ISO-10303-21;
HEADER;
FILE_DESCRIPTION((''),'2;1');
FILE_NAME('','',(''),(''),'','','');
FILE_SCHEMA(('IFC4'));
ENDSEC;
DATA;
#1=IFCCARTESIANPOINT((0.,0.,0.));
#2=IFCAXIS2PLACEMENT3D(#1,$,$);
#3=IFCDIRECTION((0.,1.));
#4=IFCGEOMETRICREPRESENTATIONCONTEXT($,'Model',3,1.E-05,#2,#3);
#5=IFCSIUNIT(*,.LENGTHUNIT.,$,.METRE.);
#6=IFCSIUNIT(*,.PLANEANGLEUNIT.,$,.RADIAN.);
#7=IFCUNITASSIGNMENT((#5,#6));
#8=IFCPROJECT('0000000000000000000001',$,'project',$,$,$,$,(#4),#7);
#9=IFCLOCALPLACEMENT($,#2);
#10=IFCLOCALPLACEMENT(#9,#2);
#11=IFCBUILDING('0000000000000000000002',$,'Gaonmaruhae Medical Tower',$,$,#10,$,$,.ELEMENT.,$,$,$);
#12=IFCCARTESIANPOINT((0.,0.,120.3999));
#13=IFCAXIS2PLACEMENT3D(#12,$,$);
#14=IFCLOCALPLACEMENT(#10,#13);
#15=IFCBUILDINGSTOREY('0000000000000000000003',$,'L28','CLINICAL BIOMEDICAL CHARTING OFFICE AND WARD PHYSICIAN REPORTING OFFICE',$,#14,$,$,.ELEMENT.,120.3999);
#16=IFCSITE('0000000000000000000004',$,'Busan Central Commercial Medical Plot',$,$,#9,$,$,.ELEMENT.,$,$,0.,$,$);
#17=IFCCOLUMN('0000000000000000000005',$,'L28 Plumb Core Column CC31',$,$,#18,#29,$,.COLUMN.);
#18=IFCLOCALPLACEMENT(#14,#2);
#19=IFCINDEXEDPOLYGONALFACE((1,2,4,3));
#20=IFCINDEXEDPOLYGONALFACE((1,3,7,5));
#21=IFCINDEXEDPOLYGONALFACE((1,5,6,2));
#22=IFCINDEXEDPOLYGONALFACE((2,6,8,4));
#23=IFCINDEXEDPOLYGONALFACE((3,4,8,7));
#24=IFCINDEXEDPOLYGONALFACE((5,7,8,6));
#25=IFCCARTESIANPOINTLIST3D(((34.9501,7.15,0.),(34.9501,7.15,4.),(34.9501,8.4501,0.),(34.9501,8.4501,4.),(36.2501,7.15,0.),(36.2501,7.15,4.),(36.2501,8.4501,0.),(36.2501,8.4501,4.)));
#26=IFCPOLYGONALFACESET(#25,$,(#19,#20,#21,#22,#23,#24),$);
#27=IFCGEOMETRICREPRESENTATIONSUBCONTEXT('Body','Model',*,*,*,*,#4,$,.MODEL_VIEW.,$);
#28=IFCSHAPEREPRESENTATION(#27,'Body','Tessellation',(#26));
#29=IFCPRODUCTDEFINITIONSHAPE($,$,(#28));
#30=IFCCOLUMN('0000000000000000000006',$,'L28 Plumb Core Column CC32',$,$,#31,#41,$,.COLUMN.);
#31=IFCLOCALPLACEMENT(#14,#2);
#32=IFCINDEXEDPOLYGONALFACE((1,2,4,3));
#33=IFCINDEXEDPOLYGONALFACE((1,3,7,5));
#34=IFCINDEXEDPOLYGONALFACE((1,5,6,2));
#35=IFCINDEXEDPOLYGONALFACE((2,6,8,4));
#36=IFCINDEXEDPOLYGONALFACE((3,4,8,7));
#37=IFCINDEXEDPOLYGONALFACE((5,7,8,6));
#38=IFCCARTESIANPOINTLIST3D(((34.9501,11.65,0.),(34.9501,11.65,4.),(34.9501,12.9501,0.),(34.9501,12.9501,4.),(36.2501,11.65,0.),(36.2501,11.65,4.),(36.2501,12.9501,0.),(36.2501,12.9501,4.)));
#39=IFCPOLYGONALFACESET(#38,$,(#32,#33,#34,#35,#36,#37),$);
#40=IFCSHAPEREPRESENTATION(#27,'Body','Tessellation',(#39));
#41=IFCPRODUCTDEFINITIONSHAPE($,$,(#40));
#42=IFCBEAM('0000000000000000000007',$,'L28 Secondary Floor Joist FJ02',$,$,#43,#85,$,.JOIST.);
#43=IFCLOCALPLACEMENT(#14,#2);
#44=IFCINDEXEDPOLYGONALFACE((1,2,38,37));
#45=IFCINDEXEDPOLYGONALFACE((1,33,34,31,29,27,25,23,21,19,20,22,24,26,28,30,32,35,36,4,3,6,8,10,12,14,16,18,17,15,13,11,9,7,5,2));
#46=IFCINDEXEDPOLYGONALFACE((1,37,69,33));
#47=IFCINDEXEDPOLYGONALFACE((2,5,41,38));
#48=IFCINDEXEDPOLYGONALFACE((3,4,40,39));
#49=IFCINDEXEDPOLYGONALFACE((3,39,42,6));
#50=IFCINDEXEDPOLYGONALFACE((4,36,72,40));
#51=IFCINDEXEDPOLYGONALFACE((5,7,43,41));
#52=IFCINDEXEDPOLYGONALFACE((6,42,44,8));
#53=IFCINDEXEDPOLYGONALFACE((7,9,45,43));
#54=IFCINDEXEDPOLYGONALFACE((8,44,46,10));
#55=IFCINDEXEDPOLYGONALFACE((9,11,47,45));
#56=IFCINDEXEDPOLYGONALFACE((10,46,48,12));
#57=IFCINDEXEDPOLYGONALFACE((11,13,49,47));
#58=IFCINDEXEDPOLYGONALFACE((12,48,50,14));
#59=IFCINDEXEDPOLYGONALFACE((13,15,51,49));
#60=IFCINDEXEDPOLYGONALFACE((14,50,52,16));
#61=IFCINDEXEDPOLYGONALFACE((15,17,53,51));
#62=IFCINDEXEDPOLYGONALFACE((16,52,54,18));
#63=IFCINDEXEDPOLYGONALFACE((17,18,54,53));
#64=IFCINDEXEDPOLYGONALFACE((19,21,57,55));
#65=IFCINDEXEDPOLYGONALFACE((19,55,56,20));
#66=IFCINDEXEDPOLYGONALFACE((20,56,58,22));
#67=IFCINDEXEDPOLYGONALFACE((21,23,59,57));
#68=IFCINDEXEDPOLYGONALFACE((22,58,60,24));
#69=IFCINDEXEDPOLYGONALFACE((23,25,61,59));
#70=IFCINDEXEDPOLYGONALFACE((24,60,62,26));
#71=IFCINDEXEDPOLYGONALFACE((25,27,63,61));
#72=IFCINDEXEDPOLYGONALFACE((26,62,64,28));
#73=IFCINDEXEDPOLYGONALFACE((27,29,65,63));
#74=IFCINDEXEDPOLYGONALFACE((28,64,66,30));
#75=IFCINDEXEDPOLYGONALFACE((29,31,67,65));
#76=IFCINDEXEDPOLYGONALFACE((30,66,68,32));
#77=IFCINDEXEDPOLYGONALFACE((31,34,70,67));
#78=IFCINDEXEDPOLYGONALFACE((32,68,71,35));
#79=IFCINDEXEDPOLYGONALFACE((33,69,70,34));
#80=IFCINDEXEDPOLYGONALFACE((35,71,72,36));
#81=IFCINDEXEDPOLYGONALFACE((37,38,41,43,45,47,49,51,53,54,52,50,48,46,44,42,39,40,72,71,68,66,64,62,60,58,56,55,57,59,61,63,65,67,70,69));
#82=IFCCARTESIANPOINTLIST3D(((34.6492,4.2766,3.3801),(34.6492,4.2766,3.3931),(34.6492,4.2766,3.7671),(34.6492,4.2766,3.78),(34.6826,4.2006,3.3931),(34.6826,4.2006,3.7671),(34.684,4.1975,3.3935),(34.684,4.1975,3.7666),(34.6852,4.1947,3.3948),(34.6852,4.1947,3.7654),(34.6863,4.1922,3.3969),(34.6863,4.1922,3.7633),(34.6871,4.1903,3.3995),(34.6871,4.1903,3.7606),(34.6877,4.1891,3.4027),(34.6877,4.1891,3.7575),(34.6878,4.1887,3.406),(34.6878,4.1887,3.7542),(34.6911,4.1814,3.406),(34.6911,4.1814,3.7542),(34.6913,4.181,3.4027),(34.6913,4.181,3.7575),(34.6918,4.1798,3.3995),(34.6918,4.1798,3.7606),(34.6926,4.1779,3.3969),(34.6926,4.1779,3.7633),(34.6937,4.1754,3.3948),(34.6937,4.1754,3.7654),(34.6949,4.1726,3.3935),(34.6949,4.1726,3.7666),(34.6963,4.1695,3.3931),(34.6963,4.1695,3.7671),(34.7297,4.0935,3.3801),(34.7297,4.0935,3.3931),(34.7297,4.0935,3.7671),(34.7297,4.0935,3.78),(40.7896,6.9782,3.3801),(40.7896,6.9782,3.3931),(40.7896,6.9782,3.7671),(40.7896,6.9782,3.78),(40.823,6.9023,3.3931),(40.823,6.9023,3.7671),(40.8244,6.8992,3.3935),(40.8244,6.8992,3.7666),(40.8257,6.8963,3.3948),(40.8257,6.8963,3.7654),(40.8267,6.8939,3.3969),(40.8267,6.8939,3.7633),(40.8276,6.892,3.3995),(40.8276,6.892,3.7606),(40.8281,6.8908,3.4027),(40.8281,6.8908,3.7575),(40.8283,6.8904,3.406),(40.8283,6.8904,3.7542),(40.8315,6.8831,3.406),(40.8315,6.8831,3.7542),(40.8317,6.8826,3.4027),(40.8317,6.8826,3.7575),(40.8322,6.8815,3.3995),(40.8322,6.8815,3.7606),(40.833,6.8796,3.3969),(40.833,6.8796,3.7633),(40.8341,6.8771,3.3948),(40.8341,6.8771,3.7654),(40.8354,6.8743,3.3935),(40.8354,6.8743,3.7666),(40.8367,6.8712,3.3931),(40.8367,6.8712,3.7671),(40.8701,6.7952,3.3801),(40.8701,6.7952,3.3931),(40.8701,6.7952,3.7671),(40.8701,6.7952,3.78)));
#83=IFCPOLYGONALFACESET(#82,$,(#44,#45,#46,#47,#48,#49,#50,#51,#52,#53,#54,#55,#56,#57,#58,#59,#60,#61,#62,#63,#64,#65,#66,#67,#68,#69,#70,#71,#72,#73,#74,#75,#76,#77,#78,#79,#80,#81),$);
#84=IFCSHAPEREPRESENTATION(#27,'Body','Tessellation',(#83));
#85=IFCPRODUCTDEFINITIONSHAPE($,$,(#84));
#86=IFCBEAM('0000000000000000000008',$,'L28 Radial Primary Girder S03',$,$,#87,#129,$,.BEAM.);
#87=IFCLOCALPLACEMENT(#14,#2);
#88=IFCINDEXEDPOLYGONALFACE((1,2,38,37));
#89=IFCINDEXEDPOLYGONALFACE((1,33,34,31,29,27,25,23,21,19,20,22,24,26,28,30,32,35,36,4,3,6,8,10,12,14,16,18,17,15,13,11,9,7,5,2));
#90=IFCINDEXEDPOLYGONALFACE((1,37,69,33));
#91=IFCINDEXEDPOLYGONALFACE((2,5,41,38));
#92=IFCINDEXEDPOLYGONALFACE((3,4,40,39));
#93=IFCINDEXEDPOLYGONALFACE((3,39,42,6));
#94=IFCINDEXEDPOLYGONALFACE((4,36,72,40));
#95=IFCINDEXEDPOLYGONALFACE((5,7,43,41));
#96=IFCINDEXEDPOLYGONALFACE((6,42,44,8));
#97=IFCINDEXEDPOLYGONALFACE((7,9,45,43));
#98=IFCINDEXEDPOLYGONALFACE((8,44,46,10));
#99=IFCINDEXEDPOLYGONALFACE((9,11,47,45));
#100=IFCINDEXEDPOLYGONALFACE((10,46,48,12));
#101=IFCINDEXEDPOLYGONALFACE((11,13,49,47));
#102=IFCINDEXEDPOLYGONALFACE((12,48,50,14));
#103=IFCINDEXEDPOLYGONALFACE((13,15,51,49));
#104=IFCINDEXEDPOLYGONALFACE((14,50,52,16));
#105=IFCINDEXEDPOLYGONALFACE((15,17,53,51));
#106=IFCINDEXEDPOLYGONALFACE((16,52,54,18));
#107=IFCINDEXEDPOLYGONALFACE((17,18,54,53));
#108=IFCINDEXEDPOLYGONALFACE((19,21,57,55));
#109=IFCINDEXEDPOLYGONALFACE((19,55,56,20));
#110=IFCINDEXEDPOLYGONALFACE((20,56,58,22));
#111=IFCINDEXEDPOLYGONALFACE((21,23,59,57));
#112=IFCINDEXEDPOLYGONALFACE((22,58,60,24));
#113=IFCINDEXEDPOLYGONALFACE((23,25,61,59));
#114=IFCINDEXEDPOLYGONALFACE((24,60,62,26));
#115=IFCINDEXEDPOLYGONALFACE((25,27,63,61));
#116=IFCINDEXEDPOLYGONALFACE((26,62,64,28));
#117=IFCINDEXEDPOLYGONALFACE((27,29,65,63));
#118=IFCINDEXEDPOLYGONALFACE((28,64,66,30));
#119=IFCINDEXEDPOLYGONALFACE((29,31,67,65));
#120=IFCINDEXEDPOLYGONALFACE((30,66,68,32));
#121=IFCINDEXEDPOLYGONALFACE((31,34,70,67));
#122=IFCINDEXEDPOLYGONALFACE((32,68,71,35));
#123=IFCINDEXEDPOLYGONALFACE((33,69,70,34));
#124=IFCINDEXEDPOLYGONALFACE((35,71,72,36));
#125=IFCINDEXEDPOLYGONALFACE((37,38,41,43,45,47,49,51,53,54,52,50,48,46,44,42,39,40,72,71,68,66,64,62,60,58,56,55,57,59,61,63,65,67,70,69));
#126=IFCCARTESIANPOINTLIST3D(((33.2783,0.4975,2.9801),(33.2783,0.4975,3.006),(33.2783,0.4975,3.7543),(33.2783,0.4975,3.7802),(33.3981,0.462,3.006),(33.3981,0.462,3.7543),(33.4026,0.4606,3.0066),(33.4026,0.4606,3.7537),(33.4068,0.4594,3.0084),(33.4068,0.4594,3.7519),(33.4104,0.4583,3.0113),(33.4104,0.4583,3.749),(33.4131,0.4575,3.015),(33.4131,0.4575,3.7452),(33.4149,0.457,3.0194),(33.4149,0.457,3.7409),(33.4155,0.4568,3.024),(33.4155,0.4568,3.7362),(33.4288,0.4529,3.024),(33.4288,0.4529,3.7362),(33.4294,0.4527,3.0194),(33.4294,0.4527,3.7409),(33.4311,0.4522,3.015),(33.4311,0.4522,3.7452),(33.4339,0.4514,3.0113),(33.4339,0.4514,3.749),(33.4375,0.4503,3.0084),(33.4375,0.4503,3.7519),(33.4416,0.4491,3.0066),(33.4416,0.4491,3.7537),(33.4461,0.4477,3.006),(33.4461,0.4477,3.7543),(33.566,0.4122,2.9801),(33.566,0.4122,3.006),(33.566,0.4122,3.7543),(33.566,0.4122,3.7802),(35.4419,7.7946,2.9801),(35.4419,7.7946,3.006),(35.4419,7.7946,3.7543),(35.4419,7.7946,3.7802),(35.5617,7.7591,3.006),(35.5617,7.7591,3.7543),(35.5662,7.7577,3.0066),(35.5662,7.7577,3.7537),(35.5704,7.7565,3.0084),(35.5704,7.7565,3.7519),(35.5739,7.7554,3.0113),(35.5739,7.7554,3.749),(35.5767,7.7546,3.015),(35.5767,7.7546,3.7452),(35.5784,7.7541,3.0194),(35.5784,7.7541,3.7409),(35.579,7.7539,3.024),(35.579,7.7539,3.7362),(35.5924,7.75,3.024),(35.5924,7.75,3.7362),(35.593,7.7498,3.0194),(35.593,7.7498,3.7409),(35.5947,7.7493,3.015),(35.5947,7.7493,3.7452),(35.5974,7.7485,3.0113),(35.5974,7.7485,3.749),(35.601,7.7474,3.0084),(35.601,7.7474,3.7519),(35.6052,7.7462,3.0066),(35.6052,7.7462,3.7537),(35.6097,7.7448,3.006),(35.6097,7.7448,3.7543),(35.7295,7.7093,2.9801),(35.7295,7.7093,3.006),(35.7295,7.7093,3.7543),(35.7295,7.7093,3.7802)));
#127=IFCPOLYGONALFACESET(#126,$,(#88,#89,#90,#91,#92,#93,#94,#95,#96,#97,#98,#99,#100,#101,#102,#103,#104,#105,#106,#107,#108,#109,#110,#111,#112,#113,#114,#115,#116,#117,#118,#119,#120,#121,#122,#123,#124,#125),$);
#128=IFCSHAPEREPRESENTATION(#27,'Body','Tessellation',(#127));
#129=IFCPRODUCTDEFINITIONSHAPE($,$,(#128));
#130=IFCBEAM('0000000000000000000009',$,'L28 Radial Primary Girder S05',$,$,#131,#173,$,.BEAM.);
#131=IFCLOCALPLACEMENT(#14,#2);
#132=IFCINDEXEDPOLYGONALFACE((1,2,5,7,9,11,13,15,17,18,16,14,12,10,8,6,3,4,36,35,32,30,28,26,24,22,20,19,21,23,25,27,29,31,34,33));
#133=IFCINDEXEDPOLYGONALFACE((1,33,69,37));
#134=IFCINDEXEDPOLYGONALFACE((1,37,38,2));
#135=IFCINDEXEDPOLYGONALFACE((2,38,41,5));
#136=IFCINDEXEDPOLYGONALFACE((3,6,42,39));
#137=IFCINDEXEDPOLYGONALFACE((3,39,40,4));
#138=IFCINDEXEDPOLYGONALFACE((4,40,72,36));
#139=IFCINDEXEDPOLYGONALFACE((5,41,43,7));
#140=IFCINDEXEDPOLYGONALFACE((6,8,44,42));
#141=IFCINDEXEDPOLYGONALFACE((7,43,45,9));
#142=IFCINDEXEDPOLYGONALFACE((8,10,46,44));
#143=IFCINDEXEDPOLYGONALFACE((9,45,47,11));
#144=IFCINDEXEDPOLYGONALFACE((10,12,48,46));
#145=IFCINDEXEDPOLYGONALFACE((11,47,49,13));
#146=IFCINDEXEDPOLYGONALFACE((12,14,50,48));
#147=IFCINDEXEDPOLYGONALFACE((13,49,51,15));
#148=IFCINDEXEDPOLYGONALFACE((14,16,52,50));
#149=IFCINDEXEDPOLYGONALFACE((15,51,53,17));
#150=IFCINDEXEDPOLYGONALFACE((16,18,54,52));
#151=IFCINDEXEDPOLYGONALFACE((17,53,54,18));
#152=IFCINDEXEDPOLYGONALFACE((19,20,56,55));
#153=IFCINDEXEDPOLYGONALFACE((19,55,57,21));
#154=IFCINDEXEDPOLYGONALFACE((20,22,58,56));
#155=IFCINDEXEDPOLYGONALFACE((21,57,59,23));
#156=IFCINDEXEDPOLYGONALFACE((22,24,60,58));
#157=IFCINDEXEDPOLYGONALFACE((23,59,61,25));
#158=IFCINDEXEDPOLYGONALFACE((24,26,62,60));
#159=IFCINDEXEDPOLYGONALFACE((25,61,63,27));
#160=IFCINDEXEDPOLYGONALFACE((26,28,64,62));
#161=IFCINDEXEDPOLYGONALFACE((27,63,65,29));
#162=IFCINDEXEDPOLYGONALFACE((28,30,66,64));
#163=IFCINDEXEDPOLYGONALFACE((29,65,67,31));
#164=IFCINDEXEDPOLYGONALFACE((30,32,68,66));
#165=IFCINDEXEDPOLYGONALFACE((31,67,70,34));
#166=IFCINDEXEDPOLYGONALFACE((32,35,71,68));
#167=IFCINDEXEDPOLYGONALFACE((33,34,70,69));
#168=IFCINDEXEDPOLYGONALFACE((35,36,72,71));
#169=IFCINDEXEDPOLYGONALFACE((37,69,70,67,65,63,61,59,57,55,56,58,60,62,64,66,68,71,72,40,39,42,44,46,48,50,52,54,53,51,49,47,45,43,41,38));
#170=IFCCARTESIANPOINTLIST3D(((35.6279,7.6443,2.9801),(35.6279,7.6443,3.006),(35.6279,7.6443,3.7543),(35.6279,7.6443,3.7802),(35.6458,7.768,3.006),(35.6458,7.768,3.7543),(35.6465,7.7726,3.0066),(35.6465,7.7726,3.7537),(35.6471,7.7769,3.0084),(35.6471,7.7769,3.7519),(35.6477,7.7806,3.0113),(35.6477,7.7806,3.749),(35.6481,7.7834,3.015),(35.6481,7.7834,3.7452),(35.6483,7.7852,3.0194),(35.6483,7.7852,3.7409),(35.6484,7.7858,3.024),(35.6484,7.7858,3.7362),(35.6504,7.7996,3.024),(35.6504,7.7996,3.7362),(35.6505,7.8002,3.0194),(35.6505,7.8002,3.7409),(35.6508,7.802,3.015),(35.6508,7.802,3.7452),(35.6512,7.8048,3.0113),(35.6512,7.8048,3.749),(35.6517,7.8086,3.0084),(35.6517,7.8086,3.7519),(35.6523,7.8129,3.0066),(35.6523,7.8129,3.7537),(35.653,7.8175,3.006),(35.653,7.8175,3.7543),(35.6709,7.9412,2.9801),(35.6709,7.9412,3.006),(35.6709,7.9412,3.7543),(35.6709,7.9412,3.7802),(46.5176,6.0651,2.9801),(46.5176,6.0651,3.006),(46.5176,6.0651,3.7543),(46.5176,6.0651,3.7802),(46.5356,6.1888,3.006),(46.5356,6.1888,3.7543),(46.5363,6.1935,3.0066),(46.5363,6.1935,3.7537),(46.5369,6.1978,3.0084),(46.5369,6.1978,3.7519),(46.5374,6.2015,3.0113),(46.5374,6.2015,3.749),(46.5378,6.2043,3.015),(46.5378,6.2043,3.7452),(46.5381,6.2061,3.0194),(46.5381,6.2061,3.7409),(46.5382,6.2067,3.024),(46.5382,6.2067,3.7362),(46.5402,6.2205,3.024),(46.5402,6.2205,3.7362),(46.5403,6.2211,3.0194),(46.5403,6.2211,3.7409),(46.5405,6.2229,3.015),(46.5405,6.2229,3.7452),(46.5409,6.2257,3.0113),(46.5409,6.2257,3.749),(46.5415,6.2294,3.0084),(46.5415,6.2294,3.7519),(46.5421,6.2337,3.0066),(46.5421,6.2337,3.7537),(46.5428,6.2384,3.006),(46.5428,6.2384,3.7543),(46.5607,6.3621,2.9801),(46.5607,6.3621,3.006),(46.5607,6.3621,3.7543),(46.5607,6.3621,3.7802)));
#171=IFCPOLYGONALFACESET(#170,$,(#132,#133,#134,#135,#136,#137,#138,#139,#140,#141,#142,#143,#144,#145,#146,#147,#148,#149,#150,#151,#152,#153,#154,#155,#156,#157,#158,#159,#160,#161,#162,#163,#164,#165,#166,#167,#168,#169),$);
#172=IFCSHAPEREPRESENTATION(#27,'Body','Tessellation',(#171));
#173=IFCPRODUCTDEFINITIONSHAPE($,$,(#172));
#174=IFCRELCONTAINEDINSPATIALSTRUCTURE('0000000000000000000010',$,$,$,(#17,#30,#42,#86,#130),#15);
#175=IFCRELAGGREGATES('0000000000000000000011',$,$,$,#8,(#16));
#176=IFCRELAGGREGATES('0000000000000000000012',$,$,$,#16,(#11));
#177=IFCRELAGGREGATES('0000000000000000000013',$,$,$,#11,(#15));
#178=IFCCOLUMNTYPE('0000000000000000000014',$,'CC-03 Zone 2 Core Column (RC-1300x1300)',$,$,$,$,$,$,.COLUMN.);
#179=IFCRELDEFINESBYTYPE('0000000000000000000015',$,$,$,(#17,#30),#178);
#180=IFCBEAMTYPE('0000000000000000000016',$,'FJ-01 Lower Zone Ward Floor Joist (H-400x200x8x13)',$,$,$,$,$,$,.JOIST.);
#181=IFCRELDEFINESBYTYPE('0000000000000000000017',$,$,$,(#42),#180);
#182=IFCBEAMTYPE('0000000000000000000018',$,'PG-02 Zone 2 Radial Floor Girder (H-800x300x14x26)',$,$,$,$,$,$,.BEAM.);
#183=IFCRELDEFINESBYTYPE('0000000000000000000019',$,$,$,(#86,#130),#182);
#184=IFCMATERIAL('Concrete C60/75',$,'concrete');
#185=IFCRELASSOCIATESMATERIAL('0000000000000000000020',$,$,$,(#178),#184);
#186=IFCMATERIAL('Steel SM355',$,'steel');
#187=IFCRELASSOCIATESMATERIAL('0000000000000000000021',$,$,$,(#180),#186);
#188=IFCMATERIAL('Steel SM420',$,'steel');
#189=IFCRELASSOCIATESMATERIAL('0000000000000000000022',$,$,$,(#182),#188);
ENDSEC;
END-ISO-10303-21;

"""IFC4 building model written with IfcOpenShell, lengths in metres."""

from ifc_helpers import new_model, si_unit, direction, frame, origin, origin_2d, place, context, subcontext, project, spatial, rectangle, i_section, extrude, material, material_profile, profile_set, type_object, element, save


model = new_model("IFC4")

# Units and contexts
model_context = context("Model", 3, precision=1e-05, world=origin(), true_north=direction((0.0, 1.0)))
body_context = subcontext(model_context, "Body", "Model", "MODEL_VIEW")
ifc_project = project(units=[si_unit("LENGTHUNIT", "METRE"), si_unit("PLANEANGLEUNIT", "RADIAN")], contexts=[model_context])

# Site, building, storey
site_placement = place(None, origin())
site = spatial("IfcSite", under=ifc_project, at=site_placement, Name="Busan Central Commercial Medical Plot", CompositionType="ELEMENT", RefElevation=0.0)
building_placement = place(site_placement, origin())
building = spatial("IfcBuilding", under=site, at=building_placement, Name="Gaonmaruhae Medical Tower", CompositionType="ELEMENT")
storey_placement = place(building_placement, frame((0.0, 0.0, 120.3999)))
storey = spatial("IfcBuildingStorey", under=building, at=storey_placement, Name="L28", Description="CLINICAL BIOMEDICAL CHARTING OFFICE AND WARD PHYSICIAN REPORTING OFFICE", CompositionType="ELEMENT", Elevation=120.3999)

# Columns
ifc_material_1 = material(Name="Concrete C60/75", Category="concrete")
ifc_material_profile_1 = material_profile(ifc_material_1, rectangle(XDim=1.3, YDim=1.3, at=origin_2d()), Name="RC-1300x1300")
ifc_profile_set_1 = profile_set([ifc_material_profile_1], Name="Concrete C60/75")
column_type = type_object("IfcColumnType", Name="CC-03 Zone 2 Core Column (RC-1300x1300)", PredefinedType="COLUMN", material=ifc_profile_set_1)
for number, where, z_axis, x_axis, name in (
    (1, (35.6001, 7.8, 0.0), (0.0, 0.0, 1.0), (1.0, 0.0, 0.0), "L28 Plumb Core Column CC31"),
    (2, (35.6001, 12.3, 0.0), (0.0, 0.0, 1.0), (1.0, 0.0, 0.0), "L28 Plumb Core Column CC32"),
):
    element("IfcColumn", number, at=place(storey_placement, frame(where, z_axis=z_axis, x_axis=x_axis)), inside=storey, type_object=column_type, Name=name, PredefinedType="COLUMN", context=body_context, shape_type="SweptSolid", body=[
        extrude(rectangle(XDim=1.3, YDim=1.3, at=origin_2d()), origin(), (0.0, 0.0, 1.0), 4.0),
    ])

# Beams
ifc_material_2 = material(Name="Steel SM355", Category="steel")
ifc_material_profile_2 = material_profile(ifc_material_2, i_section(OverallWidth=0.2, OverallDepth=0.3999, WebThickness=0.0081, FlangeThickness=0.0129, FilletRadius=0.0129, at=origin_2d()), Name="H-400x200x8x13")
ifc_profile_set_2 = profile_set([ifc_material_profile_2], Name="Steel SM355")
beam_type_1 = type_object("IfcBeamType", Name="FJ-01 Lower Zone Ward Floor Joist (H-400x200x8x13)", PredefinedType="JOIST", material=ifc_profile_set_2)
beam_1_placement = place(storey_placement, frame((34.6895, 4.1851, 3.5801), z_axis=(0.915321, 0.402725, 0.0), x_axis=(-0.402725, 0.915321, 0.0)))
element("IfcBeam", 3, at=beam_1_placement, inside=storey, type_object=beam_type_1, Name="L28 Secondary Floor Joist FJ02", PredefinedType="JOIST", context=body_context, shape_type="SweptSolid", body=[
    extrude(i_section(OverallWidth=0.2, OverallDepth=0.3999, WebThickness=0.0081, FlangeThickness=0.0129, FilletRadius=0.0129, at=origin_2d()), origin(), (0.0, 0.0, 1.0), 6.7085),
])
ifc_material_3 = material(Name="Steel SM420", Category="steel")
ifc_material_profile_3 = material_profile(ifc_material_3, i_section(OverallWidth=0.3, OverallDepth=0.8, WebThickness=0.0139, FlangeThickness=0.0259, FilletRadius=0.0181, at=origin_2d()), Name="H-800x300x14x26")
ifc_profile_set_3 = profile_set([ifc_material_profile_3], Name="Steel SM420")
beam_type_2 = type_object("IfcBeamType", Name="PG-02 Zone 2 Radial Floor Girder (H-800x300x14x26)", PredefinedType="BEAM", material=ifc_profile_set_3)
beam_2_placement = place(storey_placement, frame((35.5857, 7.752, 3.3801), z_axis=(-0.284265, -0.958746, 0.0), x_axis=(0.958746, -0.284265, 0.0)))
element("IfcBeam", 4, at=beam_2_placement, inside=storey, type_object=beam_type_2, Name="L28 Radial Primary Girder S03", PredefinedType="BEAM", context=body_context, shape_type="SweptSolid", body=[
    extrude(i_section(OverallWidth=0.3, OverallDepth=0.8, WebThickness=0.0139, FlangeThickness=0.0259, FilletRadius=0.0181, at=origin_2d()), origin(), (0.0, 0.0, 1.0), 7.6111),
])
beam_3_placement = place(storey_placement, frame((35.6494, 7.7927, 3.3801), z_axis=(0.989649, -0.143508, 0.0), x_axis=(0.143508, 0.989649, 0.0)))
element("IfcBeam", 5, at=beam_3_placement, inside=storey, type_object=beam_type_2, Name="L28 Radial Primary Girder S05", PredefinedType="BEAM", context=body_context, shape_type="SweptSolid", body=[
    extrude(i_section(OverallWidth=0.3, OverallDepth=0.8, WebThickness=0.0139, FlangeThickness=0.0259, FilletRadius=0.0181, at=origin_2d()), origin(), (0.0, 0.0, 1.0), 11.0037),
])

save(model, "model.ifc")
